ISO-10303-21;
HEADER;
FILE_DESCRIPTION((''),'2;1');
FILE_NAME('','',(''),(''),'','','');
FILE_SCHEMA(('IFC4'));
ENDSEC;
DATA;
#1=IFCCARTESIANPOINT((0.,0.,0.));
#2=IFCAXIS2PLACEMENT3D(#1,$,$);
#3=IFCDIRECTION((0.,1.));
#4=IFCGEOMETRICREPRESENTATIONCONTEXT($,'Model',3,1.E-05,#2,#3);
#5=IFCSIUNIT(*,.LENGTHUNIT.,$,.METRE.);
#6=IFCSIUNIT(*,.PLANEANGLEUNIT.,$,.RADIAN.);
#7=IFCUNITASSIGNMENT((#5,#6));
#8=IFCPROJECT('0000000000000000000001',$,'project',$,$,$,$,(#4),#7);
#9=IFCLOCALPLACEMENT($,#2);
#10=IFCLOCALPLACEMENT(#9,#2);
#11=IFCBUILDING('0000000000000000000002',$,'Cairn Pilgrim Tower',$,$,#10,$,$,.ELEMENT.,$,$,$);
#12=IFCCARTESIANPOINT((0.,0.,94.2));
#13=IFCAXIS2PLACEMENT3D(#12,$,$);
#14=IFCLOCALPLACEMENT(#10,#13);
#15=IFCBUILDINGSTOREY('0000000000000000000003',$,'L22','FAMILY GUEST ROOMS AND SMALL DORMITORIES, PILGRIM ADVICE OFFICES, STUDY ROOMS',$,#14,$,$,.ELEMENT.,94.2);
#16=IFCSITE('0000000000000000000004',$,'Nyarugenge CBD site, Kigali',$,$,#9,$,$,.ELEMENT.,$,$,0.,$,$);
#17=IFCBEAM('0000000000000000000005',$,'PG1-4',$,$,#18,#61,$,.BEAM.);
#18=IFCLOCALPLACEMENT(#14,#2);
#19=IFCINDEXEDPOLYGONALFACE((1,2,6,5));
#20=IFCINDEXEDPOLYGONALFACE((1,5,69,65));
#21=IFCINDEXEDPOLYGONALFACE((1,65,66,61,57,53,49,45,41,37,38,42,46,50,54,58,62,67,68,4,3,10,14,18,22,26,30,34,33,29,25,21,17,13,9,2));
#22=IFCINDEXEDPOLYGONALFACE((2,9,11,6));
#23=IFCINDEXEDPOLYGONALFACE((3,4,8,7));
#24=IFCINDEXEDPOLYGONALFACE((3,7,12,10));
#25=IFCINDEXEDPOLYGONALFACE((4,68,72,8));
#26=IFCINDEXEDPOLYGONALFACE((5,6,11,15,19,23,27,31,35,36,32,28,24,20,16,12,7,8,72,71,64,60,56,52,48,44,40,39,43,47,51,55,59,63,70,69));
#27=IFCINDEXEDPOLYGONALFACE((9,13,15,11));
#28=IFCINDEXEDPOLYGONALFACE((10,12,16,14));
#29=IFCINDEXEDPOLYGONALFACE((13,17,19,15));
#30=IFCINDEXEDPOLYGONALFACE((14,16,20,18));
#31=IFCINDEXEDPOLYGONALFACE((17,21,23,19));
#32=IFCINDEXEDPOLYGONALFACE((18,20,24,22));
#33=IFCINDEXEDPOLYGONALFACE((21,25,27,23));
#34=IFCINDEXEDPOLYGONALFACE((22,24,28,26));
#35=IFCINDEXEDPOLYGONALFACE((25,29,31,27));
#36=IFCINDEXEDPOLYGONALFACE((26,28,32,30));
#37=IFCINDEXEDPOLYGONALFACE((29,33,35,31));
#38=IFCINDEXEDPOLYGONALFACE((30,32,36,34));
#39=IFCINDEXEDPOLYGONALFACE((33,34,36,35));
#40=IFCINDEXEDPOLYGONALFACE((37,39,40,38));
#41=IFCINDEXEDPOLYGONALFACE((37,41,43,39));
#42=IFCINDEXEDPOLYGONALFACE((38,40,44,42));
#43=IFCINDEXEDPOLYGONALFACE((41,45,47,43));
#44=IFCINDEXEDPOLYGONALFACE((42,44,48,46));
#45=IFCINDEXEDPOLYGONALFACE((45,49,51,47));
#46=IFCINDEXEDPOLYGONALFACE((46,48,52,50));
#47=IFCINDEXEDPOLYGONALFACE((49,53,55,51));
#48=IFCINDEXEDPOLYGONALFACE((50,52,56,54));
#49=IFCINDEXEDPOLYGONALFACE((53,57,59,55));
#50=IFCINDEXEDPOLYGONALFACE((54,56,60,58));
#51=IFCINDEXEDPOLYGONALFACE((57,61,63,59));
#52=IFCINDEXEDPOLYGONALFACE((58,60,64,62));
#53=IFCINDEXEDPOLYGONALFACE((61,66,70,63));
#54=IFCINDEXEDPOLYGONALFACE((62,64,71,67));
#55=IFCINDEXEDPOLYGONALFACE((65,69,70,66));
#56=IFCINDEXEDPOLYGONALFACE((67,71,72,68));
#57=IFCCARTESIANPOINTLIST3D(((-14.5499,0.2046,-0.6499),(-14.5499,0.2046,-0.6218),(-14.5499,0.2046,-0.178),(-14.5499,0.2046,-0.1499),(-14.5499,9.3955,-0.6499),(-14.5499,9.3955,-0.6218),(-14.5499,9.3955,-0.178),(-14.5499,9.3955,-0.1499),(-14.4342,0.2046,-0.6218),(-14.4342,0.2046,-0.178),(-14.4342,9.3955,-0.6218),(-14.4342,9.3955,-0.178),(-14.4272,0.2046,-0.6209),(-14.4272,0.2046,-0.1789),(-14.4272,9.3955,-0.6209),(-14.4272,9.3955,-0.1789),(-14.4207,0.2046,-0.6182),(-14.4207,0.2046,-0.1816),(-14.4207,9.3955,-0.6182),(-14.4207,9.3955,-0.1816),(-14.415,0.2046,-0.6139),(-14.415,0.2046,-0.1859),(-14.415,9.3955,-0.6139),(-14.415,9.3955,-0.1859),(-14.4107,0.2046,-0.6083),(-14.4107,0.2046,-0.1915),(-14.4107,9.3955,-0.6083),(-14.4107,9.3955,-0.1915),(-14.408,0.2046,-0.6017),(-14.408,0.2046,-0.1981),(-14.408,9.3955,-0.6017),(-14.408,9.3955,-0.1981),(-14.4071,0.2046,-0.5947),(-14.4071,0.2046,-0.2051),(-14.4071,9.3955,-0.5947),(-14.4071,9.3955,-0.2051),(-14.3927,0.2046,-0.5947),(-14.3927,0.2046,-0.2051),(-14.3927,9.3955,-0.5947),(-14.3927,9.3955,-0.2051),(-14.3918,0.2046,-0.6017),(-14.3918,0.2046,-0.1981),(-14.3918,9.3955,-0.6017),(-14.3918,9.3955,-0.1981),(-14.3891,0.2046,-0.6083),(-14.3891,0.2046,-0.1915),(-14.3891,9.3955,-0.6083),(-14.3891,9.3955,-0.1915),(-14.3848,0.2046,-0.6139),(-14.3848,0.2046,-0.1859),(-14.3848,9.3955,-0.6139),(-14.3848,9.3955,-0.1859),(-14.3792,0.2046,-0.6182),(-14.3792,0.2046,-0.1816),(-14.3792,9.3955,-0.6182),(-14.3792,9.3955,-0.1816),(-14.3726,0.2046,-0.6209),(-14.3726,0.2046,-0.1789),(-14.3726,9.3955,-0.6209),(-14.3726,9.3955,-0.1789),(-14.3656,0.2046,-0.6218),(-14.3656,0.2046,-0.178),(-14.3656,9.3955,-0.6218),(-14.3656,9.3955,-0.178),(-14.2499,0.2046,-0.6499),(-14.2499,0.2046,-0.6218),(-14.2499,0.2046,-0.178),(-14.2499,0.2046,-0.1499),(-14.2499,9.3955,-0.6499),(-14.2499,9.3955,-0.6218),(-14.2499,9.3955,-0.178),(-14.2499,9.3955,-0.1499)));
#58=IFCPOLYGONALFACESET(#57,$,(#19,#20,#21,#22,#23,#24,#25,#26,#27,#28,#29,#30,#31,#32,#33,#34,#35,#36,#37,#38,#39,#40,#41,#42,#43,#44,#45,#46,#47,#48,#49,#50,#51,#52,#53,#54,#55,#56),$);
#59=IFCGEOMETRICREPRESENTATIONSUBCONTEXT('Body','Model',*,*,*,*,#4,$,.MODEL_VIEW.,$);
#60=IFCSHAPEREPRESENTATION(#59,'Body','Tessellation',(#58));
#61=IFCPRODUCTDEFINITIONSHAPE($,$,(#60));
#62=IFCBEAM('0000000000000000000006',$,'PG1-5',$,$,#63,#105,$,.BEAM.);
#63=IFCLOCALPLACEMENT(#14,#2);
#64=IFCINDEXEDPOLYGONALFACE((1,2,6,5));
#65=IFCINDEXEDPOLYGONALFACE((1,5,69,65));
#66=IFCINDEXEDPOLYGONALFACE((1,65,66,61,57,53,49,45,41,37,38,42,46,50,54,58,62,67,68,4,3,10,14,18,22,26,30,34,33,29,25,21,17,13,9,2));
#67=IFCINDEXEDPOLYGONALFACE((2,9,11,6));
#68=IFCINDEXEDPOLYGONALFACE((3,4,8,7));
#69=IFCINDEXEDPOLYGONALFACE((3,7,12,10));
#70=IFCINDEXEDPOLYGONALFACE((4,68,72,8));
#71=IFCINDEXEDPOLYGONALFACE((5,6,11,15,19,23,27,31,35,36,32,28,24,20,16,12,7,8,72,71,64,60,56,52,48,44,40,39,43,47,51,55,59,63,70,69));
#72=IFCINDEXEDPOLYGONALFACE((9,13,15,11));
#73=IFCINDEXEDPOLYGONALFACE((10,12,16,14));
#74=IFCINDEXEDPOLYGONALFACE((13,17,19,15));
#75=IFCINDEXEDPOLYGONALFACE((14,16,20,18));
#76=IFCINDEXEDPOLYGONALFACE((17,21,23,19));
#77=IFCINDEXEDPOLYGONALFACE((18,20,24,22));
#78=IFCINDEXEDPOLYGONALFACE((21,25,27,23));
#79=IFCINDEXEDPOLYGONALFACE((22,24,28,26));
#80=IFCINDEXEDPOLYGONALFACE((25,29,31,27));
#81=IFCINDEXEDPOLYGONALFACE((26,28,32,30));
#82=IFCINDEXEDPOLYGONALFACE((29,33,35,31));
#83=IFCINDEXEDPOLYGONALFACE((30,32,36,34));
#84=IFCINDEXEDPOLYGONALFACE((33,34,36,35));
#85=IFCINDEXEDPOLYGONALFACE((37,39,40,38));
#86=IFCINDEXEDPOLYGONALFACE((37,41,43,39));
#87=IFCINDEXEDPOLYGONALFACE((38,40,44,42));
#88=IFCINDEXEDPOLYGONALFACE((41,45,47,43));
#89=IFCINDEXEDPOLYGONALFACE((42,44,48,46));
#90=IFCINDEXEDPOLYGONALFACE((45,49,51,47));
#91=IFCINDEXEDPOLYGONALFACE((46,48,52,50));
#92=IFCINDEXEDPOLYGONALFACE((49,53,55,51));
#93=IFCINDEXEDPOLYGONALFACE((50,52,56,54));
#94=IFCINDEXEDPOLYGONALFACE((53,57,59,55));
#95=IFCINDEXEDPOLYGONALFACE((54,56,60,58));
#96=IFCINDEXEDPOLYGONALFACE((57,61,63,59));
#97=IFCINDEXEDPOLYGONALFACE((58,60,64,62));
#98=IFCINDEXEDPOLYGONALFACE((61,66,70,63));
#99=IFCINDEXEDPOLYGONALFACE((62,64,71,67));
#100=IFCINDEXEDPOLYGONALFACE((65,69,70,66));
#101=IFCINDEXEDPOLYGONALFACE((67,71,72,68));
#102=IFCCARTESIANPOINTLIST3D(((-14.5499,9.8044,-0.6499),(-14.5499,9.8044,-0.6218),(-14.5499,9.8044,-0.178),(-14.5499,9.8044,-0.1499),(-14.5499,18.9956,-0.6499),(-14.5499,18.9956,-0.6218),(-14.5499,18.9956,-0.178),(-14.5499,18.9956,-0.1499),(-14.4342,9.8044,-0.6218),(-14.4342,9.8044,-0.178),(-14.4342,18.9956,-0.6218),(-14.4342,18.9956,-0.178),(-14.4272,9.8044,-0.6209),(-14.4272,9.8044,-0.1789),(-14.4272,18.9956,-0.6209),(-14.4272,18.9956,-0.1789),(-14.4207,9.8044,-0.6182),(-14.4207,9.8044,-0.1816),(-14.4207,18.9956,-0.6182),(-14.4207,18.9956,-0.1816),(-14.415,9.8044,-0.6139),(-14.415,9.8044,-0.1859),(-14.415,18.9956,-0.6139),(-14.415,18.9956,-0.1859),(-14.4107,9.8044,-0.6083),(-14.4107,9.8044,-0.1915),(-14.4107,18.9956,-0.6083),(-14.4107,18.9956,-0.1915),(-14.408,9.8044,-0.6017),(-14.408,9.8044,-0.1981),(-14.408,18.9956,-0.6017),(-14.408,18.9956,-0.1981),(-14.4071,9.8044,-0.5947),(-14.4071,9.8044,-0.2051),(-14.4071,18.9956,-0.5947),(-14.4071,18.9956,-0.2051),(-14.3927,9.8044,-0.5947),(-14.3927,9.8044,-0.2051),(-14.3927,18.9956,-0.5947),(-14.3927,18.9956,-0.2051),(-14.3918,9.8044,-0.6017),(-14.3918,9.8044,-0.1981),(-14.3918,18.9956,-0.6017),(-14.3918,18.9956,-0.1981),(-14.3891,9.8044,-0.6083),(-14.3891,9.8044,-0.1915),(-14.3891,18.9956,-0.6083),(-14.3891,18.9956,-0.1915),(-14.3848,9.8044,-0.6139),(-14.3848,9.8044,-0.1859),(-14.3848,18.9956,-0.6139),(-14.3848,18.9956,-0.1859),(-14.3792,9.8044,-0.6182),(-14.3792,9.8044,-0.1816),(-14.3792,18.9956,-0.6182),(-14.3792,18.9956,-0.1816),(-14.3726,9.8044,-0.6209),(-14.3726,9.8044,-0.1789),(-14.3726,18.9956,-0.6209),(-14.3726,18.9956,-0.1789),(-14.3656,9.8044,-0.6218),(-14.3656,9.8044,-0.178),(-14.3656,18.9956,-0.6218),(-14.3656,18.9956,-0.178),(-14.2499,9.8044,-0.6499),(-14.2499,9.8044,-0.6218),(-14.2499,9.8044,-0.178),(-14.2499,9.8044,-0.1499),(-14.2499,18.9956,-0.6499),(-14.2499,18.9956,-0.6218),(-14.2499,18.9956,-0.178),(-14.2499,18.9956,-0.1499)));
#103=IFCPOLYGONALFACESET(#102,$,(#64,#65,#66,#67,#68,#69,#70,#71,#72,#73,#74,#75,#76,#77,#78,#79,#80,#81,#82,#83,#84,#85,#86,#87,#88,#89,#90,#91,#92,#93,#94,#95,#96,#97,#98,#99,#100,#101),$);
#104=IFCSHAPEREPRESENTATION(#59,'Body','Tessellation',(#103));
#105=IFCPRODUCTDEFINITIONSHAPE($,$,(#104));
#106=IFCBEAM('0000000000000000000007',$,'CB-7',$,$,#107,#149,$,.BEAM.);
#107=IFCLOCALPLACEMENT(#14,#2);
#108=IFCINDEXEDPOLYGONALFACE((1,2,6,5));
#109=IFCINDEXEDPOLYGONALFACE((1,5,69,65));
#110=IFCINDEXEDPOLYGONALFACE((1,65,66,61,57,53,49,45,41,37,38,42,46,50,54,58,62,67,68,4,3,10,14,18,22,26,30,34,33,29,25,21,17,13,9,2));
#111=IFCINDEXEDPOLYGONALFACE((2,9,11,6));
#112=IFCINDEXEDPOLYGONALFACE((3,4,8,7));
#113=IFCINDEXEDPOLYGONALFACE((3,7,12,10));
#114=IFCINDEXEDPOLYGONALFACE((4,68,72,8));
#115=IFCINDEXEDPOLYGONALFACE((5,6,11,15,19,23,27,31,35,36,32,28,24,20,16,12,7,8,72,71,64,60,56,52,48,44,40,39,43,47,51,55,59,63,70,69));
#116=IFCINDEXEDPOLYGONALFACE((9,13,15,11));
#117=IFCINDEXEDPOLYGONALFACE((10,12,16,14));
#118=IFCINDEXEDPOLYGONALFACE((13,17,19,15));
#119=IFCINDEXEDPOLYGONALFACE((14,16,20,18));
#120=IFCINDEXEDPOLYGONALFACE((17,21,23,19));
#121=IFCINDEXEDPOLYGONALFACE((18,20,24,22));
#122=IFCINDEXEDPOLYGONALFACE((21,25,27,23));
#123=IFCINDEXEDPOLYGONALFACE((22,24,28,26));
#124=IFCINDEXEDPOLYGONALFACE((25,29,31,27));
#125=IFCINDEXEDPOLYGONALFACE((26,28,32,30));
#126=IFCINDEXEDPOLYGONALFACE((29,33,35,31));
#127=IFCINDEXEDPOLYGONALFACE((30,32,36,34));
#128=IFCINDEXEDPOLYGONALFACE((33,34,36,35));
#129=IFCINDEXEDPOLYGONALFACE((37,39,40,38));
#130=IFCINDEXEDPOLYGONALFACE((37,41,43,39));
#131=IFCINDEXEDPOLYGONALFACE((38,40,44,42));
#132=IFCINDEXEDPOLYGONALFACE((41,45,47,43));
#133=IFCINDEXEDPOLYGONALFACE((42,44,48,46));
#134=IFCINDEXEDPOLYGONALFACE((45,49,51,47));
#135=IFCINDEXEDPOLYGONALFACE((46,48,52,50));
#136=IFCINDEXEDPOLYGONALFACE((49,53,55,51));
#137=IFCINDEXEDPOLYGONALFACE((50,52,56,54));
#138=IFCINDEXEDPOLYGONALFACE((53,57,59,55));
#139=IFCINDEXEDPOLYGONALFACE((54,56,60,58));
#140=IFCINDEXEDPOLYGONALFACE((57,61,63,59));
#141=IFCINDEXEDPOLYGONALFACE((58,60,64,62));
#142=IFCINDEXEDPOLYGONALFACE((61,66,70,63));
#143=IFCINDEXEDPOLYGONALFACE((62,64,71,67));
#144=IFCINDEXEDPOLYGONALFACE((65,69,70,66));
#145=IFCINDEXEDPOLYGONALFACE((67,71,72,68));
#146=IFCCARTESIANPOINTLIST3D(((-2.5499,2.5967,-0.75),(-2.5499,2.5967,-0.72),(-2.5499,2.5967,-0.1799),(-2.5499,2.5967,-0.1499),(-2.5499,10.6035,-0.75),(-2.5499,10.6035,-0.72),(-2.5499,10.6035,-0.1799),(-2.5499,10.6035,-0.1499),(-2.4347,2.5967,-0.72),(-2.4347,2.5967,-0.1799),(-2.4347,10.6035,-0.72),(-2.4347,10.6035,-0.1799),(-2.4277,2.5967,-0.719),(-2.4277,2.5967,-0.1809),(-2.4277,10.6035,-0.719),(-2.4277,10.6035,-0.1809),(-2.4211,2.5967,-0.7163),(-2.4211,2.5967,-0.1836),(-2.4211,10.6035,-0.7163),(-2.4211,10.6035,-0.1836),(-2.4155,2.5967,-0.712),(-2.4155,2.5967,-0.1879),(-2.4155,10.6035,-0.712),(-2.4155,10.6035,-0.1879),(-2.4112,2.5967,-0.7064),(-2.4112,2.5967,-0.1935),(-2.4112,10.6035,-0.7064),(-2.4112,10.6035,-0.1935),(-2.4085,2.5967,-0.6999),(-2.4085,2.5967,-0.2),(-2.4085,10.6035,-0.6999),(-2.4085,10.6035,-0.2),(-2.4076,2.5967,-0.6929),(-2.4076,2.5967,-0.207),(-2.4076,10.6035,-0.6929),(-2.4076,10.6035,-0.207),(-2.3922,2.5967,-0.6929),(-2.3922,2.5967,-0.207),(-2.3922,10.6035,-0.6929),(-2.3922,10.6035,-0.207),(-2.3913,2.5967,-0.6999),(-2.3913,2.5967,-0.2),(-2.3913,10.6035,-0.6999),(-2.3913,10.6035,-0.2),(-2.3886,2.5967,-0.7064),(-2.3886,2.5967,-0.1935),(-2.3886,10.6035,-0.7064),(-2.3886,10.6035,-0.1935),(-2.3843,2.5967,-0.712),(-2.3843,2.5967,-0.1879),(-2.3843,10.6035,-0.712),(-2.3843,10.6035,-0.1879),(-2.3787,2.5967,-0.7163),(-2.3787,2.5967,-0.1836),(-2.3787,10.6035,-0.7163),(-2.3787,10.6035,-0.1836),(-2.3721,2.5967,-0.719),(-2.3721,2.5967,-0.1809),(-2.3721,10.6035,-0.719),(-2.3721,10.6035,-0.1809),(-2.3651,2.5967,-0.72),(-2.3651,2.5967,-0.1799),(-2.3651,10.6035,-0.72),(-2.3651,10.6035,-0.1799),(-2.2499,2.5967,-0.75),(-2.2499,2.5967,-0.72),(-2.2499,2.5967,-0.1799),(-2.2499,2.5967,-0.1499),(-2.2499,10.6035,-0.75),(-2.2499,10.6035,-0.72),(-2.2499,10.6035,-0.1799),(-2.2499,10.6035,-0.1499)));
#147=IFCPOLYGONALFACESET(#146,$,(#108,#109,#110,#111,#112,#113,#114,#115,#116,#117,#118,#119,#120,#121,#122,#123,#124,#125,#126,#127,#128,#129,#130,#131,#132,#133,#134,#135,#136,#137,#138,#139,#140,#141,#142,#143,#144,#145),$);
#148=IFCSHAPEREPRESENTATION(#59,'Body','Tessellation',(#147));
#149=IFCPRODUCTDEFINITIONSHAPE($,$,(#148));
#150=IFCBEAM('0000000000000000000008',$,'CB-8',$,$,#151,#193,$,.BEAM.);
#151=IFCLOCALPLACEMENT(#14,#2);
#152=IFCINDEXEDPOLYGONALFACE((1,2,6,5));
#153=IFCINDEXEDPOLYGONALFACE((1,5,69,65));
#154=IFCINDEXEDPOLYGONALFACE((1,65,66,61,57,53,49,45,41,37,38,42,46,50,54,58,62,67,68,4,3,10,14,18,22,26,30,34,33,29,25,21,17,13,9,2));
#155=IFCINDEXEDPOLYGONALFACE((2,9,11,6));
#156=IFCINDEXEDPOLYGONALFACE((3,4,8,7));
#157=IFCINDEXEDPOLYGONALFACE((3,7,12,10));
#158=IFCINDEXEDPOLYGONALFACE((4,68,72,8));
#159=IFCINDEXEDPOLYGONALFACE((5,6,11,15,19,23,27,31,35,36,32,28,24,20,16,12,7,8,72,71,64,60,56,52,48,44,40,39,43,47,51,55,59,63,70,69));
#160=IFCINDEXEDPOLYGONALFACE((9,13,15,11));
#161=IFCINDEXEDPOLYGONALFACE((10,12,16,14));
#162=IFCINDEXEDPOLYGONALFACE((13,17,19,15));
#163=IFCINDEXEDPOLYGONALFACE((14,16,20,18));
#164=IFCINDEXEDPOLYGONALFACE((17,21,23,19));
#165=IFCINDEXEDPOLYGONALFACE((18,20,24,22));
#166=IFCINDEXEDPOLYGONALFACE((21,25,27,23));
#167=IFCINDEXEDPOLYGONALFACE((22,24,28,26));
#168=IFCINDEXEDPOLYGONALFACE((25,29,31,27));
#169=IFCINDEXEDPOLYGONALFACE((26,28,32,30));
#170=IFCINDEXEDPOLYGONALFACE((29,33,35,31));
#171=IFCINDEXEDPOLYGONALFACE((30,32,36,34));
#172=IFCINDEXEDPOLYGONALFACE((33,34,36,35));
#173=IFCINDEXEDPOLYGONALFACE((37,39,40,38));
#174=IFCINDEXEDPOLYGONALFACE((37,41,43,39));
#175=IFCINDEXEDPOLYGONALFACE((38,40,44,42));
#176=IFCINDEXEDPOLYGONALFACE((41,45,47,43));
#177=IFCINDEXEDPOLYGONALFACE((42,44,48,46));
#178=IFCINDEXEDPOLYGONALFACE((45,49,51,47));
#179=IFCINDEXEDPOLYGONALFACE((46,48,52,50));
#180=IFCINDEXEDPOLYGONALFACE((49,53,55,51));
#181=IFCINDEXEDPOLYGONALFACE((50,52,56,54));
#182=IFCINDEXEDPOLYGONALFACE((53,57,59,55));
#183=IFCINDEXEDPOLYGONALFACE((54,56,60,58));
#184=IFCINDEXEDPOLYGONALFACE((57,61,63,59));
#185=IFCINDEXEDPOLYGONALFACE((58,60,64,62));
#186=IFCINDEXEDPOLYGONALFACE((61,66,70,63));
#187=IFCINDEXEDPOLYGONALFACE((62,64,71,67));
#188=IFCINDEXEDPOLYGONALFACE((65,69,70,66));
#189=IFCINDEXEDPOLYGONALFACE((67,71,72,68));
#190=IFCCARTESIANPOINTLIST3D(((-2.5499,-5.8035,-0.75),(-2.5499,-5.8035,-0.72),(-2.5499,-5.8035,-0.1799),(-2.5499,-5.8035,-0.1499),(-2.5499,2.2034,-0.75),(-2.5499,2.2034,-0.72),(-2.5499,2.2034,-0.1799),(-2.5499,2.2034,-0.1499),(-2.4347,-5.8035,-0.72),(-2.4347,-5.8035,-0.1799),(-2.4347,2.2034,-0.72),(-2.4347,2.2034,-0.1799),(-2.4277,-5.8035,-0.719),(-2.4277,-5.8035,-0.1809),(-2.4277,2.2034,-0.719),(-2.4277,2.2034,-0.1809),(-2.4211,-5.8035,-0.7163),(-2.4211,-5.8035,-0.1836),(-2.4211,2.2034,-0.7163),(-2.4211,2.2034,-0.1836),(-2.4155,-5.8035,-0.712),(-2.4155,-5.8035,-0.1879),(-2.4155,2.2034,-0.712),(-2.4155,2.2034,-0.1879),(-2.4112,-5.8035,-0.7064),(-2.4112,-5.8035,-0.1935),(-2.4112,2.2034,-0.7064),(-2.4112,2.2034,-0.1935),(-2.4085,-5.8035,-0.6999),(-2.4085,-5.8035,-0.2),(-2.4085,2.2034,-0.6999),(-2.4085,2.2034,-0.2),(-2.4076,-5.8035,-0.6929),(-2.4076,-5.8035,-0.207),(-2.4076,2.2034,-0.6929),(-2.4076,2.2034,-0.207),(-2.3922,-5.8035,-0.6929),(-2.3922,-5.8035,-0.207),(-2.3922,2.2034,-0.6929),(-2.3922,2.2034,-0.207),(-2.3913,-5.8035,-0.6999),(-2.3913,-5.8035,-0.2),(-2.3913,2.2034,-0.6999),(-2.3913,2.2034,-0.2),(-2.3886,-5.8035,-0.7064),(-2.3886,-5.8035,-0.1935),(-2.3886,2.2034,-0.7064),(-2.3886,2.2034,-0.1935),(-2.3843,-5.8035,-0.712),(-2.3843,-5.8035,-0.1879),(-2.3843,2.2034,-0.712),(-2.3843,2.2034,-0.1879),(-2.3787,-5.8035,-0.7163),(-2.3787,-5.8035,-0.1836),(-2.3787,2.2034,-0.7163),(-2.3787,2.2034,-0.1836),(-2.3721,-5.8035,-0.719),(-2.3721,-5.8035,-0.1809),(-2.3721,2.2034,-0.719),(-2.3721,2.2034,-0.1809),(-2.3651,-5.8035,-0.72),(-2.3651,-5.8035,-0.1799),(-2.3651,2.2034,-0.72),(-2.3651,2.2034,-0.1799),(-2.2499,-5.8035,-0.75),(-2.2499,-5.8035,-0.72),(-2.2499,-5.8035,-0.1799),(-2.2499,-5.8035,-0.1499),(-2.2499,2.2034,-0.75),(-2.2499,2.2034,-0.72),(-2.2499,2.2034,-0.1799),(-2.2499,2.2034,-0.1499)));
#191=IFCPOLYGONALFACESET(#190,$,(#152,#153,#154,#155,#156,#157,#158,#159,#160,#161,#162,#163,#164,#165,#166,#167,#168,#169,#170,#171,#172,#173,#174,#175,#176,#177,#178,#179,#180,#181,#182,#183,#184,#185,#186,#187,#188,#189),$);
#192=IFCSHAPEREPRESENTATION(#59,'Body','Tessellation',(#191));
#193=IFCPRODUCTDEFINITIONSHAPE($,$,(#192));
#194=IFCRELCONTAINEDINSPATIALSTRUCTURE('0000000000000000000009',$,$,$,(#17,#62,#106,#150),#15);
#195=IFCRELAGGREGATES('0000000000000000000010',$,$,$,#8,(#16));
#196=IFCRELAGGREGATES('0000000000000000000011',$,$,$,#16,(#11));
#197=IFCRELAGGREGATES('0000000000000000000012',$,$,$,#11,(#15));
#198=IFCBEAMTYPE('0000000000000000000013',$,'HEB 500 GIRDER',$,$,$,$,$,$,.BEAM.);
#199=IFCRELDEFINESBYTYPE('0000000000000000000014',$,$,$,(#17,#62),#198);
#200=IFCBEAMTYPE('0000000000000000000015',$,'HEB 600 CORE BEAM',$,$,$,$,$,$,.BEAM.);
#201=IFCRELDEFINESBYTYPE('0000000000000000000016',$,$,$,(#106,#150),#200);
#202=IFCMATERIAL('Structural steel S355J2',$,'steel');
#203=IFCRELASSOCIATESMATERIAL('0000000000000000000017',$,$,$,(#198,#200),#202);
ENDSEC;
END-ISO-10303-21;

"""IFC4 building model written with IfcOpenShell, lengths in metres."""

from ifc_helpers import new_model, si_unit, direction, frame, origin, origin_2d, place, context, subcontext, project, spatial, i_section, extrude, material, material_profile, profile_set, type_object, element, save


model = new_model("IFC4")

# Units and contexts
model_context = context("Model", 3, precision=1e-05, world=origin(), true_north=direction((0.0, 1.0)))
body_context = subcontext(model_context, "Body", "Model", "MODEL_VIEW")
ifc_project = project(units=[si_unit("LENGTHUNIT", "METRE"), si_unit("PLANEANGLEUNIT", "RADIAN")], contexts=[model_context])

# Site, building, storey
site_placement = place(None, origin())
site = spatial("IfcSite", under=ifc_project, at=site_placement, Name="Nyarugenge CBD site, Kigali", CompositionType="ELEMENT", RefElevation=0.0)
building_placement = place(site_placement, origin())
building = spatial("IfcBuilding", under=site, at=building_placement, Name="Cairn Pilgrim Tower", CompositionType="ELEMENT")
storey_placement = place(building_placement, frame((0.0, 0.0, 94.2)))
storey = spatial("IfcBuildingStorey", under=building, at=storey_placement, Name="L22", Description="FAMILY GUEST ROOMS AND SMALL DORMITORIES, PILGRIM ADVICE OFFICES, STUDY ROOMS", CompositionType="ELEMENT", Elevation=94.2)

# Beams
ifc_material_1 = material(Name="Structural steel S355J2", Category="steel")
ifc_material_profile_1 = material_profile(ifc_material_1, i_section(OverallWidth=0.3, OverallDepth=0.5, WebThickness=0.0144, FlangeThickness=0.0281, FilletRadius=0.0271, at=origin_2d()), Name="HEB 500")
ifc_profile_set_1 = profile_set([ifc_material_profile_1], Name="Structural steel S355J2")
beam_type_1 = type_object("IfcBeamType", Name="HEB 500 GIRDER", PredefinedType="BEAM", material=ifc_profile_set_1)
beam_1_placement = place(storey_placement, frame((-14.3999, 0.2046, -0.3999), z_axis=(0.0, 1.0, 0.0), x_axis=(-1.0, 0.0, 0.0)))
element("IfcBeam", 1, at=beam_1_placement, inside=storey, type_object=beam_type_1, Name="PG1-4", PredefinedType="BEAM", context=body_context, shape_type="SweptSolid", body=[
    extrude(i_section(OverallWidth=0.3, OverallDepth=0.5, WebThickness=0.0144, FlangeThickness=0.0281, FilletRadius=0.0271, at=origin_2d()), origin(), (0.0, 0.0, 1.0), 9.1909),
])
beam_2_placement = place(storey_placement, frame((-14.3999, 9.8044, -0.3999), z_axis=(0.0, 1.0, 0.0), x_axis=(-1.0, 0.0, 0.0)))
element("IfcBeam", 2, at=beam_2_placement, inside=storey, type_object=beam_type_1, Name="PG1-5", PredefinedType="BEAM", context=body_context, shape_type="SweptSolid", body=[
    extrude(i_section(OverallWidth=0.3, OverallDepth=0.5, WebThickness=0.0144, FlangeThickness=0.0281, FilletRadius=0.0271, at=origin_2d()), origin(), (0.0, 0.0, 1.0), 9.1912),
])
ifc_material_profile_2 = material_profile(ifc_material_1, i_section(OverallWidth=0.3, OverallDepth=0.6001, WebThickness=0.0154, FlangeThickness=0.03, FilletRadius=0.0271, at=origin_2d()), Name="HEB 600")
ifc_profile_set_2 = profile_set([ifc_material_profile_2], Name="Structural steel S355J2")
beam_type_2 = type_object("IfcBeamType", Name="HEB 600 CORE BEAM", PredefinedType="BEAM", material=ifc_profile_set_2)
for number, where, z_axis, x_axis, name in (
    (3, (-2.3999, 10.6035, -0.45), (0.0, -1.0, 0.0), (1.0, 0.0, 0.0), "CB-7"),
    (4, (-2.3999, 2.2034, -0.45), (0.0, -1.0, 0.0), (1.0, 0.0, 0.0), "CB-8"),
):
    element("IfcBeam", number, at=place(storey_placement, frame(where, z_axis=z_axis, x_axis=x_axis)), inside=storey, type_object=beam_type_2, Name=name, PredefinedType="BEAM", context=body_context, shape_type="SweptSolid", body=[
        extrude(i_section(OverallWidth=0.3, OverallDepth=0.6001, WebThickness=0.0154, FlangeThickness=0.03, FilletRadius=0.0271, at=origin_2d()), origin(), (0.0, 0.0, 1.0), 8.0068),
    ])

save(model, "model.ifc")
